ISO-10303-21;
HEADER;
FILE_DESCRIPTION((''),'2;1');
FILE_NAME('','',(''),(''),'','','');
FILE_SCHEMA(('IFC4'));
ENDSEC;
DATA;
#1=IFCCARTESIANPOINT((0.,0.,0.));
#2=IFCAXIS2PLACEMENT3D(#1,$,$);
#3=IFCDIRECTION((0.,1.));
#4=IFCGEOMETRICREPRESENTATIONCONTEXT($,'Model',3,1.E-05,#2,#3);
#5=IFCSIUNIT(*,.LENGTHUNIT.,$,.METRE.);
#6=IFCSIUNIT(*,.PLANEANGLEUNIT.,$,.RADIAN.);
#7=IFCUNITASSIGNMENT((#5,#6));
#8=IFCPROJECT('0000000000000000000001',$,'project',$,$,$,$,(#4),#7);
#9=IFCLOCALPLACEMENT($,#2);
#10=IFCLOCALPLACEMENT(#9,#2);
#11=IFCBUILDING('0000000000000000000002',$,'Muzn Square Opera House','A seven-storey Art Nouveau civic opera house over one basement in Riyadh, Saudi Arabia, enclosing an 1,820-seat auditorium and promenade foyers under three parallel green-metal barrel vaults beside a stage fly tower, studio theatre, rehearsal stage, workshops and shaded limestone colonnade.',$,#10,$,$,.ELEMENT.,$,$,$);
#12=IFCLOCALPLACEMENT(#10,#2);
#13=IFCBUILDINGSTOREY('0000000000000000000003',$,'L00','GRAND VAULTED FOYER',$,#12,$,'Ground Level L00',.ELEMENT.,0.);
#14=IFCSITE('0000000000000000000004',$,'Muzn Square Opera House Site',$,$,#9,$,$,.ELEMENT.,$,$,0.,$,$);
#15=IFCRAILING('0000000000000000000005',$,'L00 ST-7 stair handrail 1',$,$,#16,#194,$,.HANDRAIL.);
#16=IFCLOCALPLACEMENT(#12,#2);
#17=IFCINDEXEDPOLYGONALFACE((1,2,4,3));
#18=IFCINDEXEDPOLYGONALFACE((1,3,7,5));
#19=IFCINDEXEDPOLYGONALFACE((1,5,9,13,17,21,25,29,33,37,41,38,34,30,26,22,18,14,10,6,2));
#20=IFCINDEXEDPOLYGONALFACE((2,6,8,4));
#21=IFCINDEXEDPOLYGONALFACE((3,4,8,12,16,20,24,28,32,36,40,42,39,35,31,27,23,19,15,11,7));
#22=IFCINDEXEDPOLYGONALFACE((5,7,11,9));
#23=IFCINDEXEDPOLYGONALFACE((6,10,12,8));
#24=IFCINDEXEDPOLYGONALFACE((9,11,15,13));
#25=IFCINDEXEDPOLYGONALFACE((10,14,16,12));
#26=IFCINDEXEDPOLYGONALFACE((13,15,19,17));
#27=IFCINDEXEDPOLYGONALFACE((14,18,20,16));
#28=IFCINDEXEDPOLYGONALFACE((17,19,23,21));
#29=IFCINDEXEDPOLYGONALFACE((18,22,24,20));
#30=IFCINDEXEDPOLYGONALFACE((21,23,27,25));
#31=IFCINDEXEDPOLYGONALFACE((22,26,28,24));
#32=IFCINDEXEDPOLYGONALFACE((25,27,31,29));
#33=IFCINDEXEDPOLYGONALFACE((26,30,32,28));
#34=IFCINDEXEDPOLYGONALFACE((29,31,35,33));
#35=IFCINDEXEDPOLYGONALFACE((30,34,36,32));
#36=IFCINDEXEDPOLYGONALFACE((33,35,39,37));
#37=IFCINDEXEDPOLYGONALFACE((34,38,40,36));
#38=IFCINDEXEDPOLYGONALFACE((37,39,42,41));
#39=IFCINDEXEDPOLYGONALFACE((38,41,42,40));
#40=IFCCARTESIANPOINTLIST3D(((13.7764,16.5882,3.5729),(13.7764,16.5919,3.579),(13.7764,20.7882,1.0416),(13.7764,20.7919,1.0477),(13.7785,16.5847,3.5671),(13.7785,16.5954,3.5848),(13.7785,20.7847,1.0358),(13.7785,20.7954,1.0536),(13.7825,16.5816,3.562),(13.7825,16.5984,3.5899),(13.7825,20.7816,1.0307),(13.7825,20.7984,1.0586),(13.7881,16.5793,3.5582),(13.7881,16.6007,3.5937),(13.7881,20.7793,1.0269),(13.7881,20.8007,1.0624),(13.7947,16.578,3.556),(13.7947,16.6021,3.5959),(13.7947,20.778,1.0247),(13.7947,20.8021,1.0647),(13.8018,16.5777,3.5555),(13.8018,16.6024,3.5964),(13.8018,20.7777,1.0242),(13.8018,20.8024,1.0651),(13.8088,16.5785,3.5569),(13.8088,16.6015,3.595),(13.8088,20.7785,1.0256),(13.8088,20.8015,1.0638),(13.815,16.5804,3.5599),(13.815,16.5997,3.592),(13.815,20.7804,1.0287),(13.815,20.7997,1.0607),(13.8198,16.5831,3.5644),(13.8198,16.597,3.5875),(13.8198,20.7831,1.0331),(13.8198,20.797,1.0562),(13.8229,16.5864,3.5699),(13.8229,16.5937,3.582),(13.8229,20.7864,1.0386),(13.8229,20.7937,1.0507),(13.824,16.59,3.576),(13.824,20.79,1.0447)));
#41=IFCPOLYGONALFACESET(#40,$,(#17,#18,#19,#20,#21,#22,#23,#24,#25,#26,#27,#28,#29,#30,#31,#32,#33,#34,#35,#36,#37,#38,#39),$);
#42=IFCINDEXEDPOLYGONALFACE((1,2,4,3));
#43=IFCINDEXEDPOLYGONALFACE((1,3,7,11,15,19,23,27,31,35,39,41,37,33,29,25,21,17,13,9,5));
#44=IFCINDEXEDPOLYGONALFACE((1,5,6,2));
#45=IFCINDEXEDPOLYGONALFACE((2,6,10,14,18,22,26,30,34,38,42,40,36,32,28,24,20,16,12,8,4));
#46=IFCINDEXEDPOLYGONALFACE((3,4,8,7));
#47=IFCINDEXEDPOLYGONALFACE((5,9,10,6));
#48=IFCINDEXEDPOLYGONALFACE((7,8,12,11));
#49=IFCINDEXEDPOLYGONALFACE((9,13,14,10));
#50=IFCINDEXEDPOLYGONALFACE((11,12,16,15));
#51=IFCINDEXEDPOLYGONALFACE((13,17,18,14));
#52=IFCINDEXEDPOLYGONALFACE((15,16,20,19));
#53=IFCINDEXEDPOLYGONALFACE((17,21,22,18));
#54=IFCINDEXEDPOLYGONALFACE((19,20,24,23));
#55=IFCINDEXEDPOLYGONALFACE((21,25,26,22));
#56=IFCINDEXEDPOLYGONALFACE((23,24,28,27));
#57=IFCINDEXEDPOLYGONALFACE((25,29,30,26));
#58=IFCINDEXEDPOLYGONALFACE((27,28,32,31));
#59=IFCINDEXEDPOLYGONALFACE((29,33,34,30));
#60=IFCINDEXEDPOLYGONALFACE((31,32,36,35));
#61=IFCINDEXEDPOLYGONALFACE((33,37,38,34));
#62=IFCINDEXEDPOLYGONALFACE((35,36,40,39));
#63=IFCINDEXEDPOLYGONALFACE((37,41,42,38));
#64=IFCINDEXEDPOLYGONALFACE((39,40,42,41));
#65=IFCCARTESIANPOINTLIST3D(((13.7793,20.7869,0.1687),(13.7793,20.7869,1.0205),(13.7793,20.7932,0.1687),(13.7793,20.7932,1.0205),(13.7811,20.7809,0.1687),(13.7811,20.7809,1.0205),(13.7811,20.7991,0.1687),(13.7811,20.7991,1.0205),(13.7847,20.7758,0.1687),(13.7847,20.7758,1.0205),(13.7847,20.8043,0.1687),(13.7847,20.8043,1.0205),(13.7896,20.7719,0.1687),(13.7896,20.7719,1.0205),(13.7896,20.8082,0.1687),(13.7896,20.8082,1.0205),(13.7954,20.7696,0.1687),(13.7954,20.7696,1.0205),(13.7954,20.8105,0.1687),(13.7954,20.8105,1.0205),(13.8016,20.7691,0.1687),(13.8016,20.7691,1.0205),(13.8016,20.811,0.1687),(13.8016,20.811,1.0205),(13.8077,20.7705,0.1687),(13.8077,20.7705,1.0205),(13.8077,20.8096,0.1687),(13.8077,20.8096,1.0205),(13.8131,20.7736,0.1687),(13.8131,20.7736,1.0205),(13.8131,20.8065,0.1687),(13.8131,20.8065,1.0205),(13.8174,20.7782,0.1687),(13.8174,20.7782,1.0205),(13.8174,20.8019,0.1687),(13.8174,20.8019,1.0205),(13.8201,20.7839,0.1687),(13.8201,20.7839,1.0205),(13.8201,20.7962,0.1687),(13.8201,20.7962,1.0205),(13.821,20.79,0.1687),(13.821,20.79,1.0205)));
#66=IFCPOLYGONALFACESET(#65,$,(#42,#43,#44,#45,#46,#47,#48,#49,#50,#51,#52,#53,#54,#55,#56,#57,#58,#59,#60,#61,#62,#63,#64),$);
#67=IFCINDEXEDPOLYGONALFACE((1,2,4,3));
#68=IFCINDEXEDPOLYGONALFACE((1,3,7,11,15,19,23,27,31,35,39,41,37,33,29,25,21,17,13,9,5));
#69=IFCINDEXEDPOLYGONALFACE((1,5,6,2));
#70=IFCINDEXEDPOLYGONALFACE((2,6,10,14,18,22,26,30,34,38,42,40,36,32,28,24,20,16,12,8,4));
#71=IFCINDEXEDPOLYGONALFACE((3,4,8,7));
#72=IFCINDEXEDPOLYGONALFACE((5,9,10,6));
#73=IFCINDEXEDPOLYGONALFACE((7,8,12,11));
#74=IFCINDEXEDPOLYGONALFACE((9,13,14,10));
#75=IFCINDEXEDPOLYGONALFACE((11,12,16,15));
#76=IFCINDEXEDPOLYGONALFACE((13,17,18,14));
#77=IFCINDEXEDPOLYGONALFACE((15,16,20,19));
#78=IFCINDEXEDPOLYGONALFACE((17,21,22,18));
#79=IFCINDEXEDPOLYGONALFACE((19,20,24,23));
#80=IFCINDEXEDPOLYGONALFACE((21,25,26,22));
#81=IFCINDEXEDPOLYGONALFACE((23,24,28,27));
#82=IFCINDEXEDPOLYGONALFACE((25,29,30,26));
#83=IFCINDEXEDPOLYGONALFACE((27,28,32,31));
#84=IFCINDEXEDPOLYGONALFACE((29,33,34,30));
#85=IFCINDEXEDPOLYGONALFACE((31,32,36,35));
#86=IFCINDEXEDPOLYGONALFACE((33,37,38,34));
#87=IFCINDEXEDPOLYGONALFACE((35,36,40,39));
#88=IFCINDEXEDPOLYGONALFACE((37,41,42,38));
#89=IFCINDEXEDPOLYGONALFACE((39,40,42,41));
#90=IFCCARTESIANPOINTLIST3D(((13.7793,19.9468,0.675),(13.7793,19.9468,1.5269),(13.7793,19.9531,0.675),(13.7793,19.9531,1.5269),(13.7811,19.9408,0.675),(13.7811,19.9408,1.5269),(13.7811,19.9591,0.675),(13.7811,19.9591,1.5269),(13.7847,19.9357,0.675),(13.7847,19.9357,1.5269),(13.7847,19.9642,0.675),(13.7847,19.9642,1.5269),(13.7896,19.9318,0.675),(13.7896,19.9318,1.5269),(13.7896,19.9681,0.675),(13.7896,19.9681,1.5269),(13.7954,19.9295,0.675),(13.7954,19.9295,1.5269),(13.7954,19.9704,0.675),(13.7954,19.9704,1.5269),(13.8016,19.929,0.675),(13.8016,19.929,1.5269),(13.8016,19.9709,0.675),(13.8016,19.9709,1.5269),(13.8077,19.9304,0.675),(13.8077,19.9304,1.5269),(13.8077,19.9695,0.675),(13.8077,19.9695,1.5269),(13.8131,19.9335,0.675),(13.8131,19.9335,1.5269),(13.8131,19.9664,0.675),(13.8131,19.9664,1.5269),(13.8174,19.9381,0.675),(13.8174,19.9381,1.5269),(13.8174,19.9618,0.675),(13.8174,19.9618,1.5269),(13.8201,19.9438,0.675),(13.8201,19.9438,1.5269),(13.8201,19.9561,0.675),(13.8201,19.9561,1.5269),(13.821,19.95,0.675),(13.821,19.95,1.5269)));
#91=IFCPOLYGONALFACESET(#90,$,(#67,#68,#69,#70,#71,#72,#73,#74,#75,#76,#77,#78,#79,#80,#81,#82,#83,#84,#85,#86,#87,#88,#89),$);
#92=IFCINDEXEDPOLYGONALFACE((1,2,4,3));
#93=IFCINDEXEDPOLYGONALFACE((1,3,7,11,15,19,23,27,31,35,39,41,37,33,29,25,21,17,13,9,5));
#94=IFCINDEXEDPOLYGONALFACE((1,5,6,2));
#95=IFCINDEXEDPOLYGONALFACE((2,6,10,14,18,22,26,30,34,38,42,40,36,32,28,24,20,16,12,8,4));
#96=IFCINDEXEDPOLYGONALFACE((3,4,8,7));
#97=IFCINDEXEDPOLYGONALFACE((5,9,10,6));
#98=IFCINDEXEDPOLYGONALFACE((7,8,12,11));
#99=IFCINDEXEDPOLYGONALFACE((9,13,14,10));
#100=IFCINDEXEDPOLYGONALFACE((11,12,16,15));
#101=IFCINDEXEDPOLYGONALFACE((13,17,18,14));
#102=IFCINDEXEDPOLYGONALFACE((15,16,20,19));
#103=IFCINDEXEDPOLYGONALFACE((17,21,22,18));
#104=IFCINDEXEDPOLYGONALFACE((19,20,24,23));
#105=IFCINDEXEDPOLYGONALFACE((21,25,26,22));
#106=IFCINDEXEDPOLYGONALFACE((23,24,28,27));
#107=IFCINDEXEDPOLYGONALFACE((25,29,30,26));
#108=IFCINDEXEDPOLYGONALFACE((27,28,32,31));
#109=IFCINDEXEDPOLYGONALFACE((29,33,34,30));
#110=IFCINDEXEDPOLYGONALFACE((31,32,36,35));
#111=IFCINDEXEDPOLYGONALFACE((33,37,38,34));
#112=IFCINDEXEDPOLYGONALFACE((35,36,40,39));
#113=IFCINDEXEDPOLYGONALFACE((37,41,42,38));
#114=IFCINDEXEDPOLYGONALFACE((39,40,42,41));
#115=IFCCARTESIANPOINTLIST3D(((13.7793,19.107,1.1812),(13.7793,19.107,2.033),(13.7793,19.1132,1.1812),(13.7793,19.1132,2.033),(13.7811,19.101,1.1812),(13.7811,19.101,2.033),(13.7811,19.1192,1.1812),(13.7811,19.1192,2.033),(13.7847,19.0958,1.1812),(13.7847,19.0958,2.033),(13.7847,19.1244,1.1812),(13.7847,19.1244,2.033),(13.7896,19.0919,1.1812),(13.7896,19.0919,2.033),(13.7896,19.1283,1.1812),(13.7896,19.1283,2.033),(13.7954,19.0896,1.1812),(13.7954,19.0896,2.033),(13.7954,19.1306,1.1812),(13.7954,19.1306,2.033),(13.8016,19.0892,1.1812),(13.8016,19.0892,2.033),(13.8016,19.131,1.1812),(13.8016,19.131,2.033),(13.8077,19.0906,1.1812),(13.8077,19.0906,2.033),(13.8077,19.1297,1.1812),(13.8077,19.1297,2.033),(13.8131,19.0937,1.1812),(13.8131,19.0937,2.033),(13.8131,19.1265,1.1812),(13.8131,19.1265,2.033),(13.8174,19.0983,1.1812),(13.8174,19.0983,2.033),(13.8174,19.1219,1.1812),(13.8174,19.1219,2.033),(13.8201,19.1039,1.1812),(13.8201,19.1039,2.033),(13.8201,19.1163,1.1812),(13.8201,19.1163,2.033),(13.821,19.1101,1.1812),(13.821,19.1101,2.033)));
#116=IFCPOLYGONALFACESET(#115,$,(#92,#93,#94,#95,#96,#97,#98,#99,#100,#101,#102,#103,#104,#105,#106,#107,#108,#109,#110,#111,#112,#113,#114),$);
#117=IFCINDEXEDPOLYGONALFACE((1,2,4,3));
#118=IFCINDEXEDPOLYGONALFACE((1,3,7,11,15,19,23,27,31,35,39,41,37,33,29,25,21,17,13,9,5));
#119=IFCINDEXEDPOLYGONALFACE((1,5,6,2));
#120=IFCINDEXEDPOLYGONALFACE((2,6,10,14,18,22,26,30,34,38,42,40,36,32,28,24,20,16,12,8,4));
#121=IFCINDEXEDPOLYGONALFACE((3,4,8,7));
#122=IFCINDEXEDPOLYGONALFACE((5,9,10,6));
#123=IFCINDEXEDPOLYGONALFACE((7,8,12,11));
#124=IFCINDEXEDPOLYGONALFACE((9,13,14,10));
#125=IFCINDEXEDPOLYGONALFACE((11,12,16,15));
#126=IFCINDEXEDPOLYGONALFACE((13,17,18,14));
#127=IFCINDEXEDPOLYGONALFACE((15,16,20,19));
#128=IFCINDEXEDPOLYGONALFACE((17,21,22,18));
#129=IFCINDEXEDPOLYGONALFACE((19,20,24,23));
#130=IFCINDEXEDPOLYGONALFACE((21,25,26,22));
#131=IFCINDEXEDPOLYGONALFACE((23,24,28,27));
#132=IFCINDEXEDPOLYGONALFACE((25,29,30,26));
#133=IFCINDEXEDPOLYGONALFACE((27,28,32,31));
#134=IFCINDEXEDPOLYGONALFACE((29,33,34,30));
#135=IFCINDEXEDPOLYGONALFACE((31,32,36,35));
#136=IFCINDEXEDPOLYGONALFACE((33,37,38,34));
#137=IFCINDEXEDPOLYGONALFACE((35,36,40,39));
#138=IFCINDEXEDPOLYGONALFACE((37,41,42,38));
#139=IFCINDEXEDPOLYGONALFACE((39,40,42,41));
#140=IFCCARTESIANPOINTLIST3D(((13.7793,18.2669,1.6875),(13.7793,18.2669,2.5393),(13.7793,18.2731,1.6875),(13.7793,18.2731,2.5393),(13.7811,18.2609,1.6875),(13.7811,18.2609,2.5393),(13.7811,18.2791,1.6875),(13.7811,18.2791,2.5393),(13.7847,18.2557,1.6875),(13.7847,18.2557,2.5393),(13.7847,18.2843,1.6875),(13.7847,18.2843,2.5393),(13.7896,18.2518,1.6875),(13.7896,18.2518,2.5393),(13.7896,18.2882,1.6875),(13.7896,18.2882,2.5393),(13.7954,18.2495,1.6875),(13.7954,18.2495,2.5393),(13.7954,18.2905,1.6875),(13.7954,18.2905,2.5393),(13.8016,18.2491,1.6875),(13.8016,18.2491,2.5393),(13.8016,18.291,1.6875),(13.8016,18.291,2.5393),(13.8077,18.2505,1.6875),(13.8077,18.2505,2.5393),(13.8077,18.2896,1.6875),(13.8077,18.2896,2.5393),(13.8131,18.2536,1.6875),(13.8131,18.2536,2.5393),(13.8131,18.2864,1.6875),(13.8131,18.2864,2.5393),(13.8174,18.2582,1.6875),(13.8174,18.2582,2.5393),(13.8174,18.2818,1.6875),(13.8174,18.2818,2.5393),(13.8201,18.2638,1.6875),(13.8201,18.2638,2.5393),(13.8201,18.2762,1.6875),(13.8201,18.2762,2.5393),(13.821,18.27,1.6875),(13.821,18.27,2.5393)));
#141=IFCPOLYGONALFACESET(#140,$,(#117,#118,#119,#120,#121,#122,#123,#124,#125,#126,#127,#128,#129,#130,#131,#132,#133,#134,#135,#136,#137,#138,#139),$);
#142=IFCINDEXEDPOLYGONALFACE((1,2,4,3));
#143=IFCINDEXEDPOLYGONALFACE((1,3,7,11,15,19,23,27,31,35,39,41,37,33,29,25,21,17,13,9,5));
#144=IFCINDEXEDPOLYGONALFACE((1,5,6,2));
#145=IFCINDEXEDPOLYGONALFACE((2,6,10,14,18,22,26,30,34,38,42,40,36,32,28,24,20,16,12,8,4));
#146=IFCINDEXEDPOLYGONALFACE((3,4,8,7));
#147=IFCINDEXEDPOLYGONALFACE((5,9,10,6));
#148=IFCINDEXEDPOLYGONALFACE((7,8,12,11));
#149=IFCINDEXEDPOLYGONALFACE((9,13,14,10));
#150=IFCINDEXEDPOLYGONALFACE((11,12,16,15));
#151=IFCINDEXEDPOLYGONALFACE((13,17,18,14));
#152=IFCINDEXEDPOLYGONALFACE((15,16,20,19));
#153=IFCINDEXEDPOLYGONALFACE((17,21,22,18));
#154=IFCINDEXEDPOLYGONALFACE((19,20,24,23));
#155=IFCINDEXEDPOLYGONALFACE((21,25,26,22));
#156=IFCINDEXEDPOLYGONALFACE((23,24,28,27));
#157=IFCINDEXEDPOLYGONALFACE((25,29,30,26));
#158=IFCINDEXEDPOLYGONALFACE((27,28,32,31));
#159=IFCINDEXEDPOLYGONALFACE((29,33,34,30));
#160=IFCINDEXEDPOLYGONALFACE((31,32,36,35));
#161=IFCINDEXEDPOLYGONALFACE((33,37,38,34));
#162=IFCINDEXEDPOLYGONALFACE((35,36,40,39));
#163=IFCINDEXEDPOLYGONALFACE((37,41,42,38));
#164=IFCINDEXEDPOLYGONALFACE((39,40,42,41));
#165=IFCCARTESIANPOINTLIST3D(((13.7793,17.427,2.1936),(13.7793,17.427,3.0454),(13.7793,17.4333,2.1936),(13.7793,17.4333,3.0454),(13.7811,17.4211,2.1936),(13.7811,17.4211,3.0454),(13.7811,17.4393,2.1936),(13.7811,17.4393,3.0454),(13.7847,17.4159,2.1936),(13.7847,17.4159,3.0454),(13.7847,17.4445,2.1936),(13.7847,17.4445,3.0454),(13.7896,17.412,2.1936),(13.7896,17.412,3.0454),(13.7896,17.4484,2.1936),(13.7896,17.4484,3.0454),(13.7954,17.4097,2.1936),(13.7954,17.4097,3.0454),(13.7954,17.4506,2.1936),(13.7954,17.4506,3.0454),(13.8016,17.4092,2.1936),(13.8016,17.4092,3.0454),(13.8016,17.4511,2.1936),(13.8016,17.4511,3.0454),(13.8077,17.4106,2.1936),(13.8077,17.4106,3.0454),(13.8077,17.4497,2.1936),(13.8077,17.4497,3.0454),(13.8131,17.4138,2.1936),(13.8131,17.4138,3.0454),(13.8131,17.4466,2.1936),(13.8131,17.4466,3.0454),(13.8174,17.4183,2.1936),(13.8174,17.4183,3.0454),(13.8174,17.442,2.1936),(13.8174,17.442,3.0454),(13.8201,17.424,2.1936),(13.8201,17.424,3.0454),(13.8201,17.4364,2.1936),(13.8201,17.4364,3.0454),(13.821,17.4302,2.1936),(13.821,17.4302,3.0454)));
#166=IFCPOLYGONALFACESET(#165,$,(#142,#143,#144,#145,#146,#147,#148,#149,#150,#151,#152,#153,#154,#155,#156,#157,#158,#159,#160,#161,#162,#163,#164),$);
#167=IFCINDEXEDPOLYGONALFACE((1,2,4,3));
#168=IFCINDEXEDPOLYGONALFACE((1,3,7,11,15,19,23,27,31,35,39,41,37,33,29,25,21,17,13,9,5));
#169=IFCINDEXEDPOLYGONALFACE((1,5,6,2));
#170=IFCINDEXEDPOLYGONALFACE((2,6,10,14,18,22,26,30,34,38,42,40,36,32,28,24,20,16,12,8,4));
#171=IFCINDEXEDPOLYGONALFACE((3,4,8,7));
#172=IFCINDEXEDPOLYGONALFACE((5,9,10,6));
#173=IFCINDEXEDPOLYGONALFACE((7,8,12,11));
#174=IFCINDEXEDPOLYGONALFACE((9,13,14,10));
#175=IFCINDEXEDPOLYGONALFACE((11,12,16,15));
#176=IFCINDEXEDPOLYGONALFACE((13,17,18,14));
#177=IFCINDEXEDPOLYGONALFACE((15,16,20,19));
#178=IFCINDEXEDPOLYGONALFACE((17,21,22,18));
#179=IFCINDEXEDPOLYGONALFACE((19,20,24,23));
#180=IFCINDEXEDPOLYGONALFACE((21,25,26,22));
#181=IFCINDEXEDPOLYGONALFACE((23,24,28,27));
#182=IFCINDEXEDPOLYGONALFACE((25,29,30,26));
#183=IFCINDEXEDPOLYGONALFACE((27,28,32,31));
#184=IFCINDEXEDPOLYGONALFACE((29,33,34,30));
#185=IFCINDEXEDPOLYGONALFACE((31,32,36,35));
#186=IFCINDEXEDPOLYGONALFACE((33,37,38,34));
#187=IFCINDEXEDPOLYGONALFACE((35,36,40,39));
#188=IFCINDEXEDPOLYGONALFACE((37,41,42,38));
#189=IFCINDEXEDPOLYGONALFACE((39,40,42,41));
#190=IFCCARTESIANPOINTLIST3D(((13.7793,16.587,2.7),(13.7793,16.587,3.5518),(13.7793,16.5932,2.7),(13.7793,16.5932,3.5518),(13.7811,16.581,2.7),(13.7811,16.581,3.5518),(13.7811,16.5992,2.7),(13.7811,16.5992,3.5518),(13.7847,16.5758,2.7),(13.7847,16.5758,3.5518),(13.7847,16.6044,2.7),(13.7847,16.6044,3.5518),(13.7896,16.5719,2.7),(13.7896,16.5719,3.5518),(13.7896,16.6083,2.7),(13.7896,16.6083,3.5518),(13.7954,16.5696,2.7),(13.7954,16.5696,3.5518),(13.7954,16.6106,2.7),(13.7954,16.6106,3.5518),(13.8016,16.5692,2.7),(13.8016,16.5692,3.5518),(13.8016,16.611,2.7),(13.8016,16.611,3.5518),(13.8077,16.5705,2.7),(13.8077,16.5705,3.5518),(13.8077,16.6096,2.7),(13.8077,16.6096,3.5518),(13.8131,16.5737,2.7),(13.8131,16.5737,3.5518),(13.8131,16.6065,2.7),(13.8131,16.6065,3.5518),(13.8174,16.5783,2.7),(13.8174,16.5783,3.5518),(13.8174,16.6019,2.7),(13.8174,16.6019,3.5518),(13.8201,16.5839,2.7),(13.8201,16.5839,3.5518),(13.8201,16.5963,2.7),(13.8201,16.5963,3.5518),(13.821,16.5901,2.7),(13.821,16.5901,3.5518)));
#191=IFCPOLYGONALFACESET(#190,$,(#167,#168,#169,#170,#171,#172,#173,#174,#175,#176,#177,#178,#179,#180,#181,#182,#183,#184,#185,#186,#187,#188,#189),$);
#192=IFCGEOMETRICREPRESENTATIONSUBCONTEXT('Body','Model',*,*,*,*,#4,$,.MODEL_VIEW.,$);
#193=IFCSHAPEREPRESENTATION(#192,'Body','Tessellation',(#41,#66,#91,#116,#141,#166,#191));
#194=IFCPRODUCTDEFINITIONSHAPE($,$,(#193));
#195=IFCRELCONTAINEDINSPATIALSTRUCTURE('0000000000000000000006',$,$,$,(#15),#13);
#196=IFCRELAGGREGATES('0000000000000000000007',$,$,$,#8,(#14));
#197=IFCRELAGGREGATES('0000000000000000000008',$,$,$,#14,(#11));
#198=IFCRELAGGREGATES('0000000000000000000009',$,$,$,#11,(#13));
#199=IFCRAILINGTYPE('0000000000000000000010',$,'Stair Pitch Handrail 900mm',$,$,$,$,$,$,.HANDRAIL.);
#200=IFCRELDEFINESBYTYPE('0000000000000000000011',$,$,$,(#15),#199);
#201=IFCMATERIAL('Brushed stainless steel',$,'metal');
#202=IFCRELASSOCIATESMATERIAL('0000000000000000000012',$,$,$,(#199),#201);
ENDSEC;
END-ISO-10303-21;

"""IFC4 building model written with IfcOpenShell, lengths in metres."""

from ifc_helpers import new_model, si_unit, direction, frame, origin, origin_2d, place, context, subcontext, project, spatial, circle, extrude, material, type_object, element, save


model = new_model("IFC4")

# Units and contexts
model_context = context("Model", 3, precision=1e-05, world=origin(), true_north=direction((0.0, 1.0)))
body_context = subcontext(model_context, "Body", "Model", "MODEL_VIEW")
ifc_project = project(units=[si_unit("LENGTHUNIT", "METRE"), si_unit("PLANEANGLEUNIT", "RADIAN")], contexts=[model_context])

# Site, building, storey
site_placement = place(None, origin())
site = spatial("IfcSite", under=ifc_project, at=site_placement, Name="Muzn Square Opera House Site", CompositionType="ELEMENT", RefElevation=0.0)
building_placement = place(site_placement, origin())
building = spatial("IfcBuilding", under=site, at=building_placement, Name="Muzn Square Opera House", Description="A seven-storey Art Nouveau civic opera house over one basement in Riyadh, Saudi Arabia, enclosing an 1,820-seat auditorium and promenade foyers under three parallel green-metal barrel vaults beside a stage fly tower, studio theatre, rehearsal stage, workshops and shaded limestone colonnade.", CompositionType="ELEMENT")
storey_placement = place(building_placement, origin())
storey = spatial("IfcBuildingStorey", under=building, at=storey_placement, Name="L00", Description="GRAND VAULTED FOYER", LongName="Ground Level L00", CompositionType="ELEMENT", Elevation=0.0)

# Railing
ifc_material_1 = material(Name="Brushed stainless steel", Category="metal")
railing_type = type_object("IfcRailingType", Name="Stair Pitch Handrail 900mm", PredefinedType="HANDRAIL", material=ifc_material_1)
railing_placement = place(storey_placement, frame((13.8, 20.79, 0.1687)))
element("IfcRailing", 1, at=railing_placement, inside=storey, type_object=railing_type, Name="L00 ST-7 stair handrail 1", PredefinedType="HANDRAIL", context=body_context, shape_type="SweptSolid", body=[
    extrude(circle(Radius=0.0239, at=origin_2d()), frame((0.0, 0.0, 0.876), z_axis=(0.0, -0.856476, 0.516186), x_axis=(1.0, 0.0, 0.0)), (0.0, 0.0, 1.0), 4.9038),
    extrude(circle(Radius=0.021, at=origin_2d()), origin(), (0.0, 0.0, 1.0), 0.8518),
    extrude(circle(Radius=0.021, at=origin_2d()), frame((0.0, -0.8401, 0.5063)), (0.0, 0.0, 1.0), 0.8518),
    extrude(circle(Radius=0.021, at=origin_2d()), frame((0.0, -1.6799, 1.0125)), (0.0, 0.0, 1.0), 0.8518),
    extrude(circle(Radius=0.021, at=origin_2d()), frame((0.0, -2.52, 1.5188)), (0.0, 0.0, 1.0), 0.8518),
    extrude(circle(Radius=0.021, at=origin_2d()), frame((0.0, -3.3599, 2.0249)), (0.0, 0.0, 1.0), 0.8518),
    extrude(circle(Radius=0.021, at=origin_2d()), frame((0.0, -4.2, 2.5312)), (0.0, 0.0, 1.0), 0.8518),
])

save(model, "model.ifc")
